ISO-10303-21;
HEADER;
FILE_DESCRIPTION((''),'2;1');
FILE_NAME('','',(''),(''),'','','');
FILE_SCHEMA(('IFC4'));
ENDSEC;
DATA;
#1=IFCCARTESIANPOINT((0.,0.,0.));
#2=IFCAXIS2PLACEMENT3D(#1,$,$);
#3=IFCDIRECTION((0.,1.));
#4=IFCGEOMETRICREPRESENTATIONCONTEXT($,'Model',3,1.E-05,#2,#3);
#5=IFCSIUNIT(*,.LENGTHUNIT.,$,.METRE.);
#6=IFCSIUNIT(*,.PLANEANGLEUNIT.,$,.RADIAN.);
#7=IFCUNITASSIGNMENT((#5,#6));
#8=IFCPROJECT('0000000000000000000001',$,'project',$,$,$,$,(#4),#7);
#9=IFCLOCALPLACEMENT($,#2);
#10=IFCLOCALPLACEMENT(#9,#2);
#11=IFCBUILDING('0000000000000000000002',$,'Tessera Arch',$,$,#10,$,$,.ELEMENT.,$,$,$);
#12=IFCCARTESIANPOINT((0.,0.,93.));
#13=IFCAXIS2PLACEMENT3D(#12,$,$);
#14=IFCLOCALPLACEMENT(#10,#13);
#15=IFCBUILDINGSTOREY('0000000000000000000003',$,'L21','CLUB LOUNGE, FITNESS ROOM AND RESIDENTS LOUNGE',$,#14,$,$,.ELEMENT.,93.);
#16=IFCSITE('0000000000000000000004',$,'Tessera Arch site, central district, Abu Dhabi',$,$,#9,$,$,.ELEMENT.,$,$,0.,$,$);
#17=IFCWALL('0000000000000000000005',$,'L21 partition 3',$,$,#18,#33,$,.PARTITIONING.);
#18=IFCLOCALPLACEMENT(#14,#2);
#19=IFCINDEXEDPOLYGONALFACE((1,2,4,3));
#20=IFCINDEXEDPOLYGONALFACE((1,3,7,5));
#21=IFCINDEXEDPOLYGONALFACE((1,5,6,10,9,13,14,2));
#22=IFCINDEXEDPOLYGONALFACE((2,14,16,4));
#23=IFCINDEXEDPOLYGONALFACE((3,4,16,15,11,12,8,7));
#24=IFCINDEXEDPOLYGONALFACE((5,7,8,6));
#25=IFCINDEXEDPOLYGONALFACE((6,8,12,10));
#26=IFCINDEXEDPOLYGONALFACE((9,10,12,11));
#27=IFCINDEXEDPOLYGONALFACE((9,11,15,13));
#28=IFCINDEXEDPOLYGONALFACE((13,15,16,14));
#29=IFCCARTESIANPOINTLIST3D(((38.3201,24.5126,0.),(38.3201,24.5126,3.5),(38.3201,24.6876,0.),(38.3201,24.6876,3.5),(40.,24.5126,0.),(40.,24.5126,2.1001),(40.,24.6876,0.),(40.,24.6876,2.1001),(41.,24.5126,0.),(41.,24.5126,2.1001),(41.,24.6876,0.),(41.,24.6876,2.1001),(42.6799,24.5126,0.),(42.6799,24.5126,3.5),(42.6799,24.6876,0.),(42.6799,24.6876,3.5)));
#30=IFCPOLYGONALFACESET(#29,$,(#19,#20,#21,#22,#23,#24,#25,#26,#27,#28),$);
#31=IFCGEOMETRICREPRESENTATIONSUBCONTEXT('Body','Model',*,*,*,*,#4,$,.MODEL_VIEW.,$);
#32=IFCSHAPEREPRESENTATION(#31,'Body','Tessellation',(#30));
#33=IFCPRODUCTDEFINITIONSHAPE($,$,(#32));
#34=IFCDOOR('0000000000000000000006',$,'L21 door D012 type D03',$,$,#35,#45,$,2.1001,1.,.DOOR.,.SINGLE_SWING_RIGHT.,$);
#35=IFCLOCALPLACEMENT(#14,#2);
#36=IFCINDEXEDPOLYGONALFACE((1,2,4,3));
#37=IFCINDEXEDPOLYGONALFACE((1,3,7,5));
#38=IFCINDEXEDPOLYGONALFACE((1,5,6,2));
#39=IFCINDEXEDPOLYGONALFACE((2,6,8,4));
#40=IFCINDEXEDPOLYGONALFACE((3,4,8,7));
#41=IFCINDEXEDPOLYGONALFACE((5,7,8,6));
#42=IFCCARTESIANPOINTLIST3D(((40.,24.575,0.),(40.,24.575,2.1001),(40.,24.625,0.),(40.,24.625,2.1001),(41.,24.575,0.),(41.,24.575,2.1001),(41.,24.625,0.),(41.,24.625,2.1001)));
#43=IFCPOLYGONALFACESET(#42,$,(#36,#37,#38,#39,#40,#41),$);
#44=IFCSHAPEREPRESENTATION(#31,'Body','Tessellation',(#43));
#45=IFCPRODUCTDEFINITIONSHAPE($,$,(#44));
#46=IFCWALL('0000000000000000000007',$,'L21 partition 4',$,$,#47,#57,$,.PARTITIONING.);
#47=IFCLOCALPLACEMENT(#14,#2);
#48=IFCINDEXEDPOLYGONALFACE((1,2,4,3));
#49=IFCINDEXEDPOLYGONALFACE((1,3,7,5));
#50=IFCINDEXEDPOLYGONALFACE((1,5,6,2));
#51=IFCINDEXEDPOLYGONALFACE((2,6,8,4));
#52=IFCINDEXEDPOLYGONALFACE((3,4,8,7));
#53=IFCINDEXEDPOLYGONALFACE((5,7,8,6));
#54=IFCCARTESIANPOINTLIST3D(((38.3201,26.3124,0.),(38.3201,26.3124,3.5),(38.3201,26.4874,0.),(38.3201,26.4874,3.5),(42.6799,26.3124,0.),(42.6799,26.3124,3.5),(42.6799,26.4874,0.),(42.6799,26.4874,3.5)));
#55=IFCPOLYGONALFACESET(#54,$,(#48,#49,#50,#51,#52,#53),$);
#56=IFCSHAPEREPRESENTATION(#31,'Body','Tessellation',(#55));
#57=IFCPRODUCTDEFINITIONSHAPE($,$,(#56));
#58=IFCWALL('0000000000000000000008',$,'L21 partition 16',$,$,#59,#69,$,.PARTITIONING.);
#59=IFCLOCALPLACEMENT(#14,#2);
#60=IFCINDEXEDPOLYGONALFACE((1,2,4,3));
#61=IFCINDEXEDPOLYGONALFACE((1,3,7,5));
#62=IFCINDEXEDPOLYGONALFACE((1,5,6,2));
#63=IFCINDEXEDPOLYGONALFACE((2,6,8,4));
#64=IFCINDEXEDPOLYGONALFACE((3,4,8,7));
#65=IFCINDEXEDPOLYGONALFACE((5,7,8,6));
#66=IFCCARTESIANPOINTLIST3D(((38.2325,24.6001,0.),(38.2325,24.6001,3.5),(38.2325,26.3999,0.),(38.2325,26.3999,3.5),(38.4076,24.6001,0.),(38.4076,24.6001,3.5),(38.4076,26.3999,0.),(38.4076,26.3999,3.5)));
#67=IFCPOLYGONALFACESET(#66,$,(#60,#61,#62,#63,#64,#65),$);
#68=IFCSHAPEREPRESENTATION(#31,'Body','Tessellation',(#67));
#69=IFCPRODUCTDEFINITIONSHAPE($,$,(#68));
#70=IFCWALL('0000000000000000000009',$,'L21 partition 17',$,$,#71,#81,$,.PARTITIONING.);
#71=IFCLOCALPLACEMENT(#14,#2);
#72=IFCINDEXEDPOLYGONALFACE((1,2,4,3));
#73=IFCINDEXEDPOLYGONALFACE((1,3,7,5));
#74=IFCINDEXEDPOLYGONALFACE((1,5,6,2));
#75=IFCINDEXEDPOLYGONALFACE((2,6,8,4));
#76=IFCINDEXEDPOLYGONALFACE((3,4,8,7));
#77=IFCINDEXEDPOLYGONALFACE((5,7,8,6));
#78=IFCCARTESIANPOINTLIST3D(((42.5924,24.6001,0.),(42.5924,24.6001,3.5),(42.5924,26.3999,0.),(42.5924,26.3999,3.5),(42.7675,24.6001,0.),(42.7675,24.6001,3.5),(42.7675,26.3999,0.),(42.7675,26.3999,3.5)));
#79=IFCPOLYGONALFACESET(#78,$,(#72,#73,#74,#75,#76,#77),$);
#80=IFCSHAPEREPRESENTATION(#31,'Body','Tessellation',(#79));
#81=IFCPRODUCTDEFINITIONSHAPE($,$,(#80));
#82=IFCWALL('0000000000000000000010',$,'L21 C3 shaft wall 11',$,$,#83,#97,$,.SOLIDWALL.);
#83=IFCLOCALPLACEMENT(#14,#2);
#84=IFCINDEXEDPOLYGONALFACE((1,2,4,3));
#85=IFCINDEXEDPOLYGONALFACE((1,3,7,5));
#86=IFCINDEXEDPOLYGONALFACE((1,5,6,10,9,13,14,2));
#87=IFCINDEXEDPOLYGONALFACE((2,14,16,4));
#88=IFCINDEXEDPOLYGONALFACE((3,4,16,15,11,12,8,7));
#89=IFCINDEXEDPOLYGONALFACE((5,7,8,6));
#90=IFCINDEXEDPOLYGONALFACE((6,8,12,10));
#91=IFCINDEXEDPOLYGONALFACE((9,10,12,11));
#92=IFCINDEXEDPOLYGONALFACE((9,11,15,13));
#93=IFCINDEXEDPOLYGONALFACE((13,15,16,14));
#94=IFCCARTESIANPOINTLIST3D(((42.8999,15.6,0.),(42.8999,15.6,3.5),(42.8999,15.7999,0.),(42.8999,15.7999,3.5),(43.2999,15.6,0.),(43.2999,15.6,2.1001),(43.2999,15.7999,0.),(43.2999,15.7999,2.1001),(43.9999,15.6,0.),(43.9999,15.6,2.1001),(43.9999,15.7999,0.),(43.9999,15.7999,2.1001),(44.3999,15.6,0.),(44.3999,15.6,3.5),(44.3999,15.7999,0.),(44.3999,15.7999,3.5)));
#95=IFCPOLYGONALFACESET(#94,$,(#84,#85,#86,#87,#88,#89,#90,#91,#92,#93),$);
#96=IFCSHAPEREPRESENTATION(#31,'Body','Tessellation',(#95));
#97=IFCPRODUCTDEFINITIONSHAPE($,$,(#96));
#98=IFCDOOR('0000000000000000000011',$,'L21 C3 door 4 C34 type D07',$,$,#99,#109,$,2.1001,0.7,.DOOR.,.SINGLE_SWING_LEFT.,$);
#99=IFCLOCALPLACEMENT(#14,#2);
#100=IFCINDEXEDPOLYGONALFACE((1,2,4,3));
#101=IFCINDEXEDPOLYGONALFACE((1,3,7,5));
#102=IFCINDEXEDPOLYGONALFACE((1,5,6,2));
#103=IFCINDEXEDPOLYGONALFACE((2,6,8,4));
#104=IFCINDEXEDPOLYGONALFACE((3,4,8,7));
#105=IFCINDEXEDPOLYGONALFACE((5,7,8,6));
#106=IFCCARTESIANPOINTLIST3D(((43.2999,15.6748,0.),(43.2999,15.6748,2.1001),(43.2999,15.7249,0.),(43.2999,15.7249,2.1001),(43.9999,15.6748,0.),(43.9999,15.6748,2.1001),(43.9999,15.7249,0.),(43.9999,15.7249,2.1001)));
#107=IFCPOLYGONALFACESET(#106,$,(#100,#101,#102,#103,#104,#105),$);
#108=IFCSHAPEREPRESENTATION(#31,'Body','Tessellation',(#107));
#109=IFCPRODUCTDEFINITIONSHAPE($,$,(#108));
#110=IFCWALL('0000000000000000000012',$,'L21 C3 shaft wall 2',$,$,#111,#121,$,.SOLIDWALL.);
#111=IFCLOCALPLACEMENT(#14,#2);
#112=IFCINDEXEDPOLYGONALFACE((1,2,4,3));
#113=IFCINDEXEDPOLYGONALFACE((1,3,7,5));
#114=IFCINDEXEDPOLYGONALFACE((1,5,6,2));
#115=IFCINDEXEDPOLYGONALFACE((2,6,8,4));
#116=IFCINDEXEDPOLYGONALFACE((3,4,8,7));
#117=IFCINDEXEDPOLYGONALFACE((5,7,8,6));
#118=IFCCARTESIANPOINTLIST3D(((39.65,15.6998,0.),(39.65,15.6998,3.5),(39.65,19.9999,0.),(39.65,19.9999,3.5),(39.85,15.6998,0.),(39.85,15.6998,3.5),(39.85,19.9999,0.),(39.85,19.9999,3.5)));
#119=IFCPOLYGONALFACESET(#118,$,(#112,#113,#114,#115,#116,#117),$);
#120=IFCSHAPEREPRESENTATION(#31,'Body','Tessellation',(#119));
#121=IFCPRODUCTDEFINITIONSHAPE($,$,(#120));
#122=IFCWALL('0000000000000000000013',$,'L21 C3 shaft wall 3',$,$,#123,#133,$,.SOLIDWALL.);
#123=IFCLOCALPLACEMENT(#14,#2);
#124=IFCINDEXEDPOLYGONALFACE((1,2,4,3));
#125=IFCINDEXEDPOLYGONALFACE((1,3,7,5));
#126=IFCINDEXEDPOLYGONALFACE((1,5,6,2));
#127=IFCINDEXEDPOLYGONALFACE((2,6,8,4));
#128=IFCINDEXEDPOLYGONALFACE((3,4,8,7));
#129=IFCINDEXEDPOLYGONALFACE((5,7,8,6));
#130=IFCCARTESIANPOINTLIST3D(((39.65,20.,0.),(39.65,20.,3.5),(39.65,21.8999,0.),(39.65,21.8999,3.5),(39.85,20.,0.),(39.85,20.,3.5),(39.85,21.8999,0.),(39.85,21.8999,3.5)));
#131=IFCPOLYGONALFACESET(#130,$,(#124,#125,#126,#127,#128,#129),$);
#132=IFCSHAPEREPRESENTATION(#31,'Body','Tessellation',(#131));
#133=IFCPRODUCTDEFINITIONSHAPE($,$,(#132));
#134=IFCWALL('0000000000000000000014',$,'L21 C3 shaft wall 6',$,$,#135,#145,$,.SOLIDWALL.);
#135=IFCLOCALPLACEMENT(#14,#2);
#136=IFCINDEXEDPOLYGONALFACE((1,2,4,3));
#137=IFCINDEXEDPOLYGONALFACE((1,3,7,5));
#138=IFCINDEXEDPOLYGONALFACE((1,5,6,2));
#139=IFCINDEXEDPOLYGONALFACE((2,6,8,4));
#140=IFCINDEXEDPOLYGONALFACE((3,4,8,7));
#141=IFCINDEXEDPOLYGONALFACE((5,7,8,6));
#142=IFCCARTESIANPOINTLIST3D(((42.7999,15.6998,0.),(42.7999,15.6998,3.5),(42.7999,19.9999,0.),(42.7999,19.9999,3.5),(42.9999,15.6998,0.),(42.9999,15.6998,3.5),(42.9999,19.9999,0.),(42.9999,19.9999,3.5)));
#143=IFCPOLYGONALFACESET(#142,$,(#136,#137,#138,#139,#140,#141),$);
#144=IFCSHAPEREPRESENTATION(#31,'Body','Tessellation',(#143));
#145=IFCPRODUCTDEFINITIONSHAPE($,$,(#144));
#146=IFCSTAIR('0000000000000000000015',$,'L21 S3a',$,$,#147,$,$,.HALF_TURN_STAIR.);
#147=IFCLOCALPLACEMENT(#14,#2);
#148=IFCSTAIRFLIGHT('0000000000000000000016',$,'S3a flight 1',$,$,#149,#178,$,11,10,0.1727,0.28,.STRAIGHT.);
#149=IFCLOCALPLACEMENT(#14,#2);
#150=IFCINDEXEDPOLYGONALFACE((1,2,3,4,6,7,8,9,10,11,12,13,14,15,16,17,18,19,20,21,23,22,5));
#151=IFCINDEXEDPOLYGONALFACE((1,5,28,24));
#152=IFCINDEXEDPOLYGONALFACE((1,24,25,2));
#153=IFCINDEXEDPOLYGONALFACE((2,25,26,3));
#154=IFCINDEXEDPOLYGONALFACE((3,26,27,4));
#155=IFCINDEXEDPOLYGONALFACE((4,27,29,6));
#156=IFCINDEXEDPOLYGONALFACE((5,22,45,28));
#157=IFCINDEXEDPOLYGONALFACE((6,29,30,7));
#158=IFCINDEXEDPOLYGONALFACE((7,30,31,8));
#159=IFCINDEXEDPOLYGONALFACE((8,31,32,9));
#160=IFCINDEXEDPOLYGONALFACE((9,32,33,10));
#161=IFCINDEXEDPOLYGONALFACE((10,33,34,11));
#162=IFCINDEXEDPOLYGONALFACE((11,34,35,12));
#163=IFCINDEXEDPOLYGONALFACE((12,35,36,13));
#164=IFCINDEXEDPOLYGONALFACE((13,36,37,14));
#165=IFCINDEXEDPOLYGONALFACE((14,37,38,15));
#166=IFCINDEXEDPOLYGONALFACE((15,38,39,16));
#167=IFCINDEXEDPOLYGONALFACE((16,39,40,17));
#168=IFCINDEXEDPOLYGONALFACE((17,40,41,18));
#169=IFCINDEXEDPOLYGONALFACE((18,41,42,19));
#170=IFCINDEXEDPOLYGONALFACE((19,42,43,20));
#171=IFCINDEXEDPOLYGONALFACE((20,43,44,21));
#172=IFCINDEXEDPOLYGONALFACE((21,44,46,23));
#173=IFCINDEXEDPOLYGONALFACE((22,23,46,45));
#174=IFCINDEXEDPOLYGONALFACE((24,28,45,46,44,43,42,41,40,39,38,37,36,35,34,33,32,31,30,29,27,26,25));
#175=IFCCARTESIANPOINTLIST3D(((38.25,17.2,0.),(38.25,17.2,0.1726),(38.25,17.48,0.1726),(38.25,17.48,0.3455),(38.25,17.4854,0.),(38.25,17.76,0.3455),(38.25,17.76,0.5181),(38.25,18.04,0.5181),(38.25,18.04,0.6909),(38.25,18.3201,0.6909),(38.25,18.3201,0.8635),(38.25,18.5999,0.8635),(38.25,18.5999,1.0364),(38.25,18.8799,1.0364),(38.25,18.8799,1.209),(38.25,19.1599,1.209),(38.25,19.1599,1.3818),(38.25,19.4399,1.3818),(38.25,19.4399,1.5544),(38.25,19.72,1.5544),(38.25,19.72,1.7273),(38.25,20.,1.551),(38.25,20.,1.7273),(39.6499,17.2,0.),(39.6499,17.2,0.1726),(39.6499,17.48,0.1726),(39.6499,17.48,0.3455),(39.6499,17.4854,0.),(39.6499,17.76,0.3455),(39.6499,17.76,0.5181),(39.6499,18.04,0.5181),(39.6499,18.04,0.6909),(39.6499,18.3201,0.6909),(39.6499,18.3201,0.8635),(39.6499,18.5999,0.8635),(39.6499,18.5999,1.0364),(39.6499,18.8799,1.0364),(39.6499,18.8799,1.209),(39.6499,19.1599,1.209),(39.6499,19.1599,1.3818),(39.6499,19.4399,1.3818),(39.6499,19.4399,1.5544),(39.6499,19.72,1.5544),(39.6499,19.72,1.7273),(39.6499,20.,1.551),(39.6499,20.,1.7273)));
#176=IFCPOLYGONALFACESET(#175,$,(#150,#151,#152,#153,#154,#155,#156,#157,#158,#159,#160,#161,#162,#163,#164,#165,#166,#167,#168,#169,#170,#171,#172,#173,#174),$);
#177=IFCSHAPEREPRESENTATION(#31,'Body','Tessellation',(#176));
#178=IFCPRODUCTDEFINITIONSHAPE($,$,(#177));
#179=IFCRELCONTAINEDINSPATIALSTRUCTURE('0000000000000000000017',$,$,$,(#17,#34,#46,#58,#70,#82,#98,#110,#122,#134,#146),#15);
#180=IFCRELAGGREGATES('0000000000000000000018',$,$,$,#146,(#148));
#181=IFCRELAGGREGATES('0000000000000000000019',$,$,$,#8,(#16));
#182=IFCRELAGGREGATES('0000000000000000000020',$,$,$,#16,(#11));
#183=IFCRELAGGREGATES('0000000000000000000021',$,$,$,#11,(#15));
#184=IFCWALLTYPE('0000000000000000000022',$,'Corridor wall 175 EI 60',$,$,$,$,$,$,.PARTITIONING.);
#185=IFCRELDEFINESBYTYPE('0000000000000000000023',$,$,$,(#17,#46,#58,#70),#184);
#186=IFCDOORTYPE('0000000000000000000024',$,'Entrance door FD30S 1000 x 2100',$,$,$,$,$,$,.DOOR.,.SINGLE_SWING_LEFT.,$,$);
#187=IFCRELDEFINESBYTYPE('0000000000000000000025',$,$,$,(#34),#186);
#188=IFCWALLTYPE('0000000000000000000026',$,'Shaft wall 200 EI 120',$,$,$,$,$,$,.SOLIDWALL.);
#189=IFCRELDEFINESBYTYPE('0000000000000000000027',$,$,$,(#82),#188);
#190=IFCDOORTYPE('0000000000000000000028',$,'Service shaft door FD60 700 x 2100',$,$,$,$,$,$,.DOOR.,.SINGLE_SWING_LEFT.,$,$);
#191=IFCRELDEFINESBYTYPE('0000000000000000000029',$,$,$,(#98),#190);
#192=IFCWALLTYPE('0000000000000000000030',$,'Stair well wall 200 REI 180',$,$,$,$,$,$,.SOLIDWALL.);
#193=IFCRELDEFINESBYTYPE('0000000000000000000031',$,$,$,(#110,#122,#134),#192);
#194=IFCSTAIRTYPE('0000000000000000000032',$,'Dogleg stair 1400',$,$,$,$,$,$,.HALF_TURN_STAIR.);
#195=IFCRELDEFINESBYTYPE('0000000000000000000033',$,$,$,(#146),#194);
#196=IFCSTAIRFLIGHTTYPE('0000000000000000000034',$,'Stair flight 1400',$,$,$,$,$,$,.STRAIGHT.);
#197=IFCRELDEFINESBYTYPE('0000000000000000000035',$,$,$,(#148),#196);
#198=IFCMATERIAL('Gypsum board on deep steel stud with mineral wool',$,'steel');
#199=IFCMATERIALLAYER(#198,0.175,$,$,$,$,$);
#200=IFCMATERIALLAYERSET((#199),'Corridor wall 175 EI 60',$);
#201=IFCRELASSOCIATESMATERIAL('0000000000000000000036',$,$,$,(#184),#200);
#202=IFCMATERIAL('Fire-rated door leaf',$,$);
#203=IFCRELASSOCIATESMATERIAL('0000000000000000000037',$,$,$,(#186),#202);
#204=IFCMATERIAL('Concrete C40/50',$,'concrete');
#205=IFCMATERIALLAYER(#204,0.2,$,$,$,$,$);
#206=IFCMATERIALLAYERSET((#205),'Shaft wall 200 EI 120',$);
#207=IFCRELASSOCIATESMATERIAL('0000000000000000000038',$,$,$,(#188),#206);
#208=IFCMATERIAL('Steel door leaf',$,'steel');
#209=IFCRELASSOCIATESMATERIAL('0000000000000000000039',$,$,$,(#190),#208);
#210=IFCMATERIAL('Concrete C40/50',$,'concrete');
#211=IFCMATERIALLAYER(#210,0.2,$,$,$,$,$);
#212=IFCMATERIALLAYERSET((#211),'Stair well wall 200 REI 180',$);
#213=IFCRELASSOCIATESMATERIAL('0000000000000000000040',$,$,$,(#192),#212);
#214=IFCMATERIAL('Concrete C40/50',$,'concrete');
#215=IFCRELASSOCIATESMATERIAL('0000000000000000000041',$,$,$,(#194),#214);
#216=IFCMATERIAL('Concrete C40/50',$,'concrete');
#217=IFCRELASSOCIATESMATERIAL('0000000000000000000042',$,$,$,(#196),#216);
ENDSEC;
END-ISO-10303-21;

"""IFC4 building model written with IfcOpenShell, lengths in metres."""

from ifc_helpers import new_model, si_unit, direction, frame, frame_2d, origin, place, context, subcontext, project, spatial, polyline, rectangle, outline, extrude, material, layer, layer_set, type_object, element, fill, aggregate, save


model = new_model("IFC4")

# Units and contexts
model_context = context("Model", 3, precision=1e-05, world=origin(), true_north=direction((0.0, 1.0)))
body_context = subcontext(model_context, "Body", "Model", "MODEL_VIEW")
ifc_project = project(units=[si_unit("LENGTHUNIT", "METRE"), si_unit("PLANEANGLEUNIT", "RADIAN")], contexts=[model_context])

# Site, building, storey
site_placement = place(None, origin())
site = spatial("IfcSite", under=ifc_project, at=site_placement, Name="Tessera Arch site, central district, Abu Dhabi", CompositionType="ELEMENT", RefElevation=0.0)
building_placement = place(site_placement, origin())
building = spatial("IfcBuilding", under=site, at=building_placement, Name="Tessera Arch", CompositionType="ELEMENT")
storey_placement = place(building_placement, frame((0.0, 0.0, 93.0)))
storey = spatial("IfcBuildingStorey", under=building, at=storey_placement, Name="L21", Description="CLUB LOUNGE, FITNESS ROOM AND RESIDENTS LOUNGE", CompositionType="ELEMENT", Elevation=93.0)

# Wall, opening, door
ifc_material_1 = material(Name="Gypsum board on deep steel stud with mineral wool", Category="steel")
ifc_layer_1 = layer(ifc_material_1, 0.175)
ifc_layer_set_1 = layer_set([ifc_layer_1], Name="Corridor wall 175 EI 60")
wall_type_1 = type_object("IfcWallType", Name="Corridor wall 175 EI 60", PredefinedType="PARTITIONING", material=ifc_layer_set_1)
wall_1_placement = place(storey_placement, frame((38.3201, 24.6001, 0.0), z_axis=(0.0, 0.0, 1.0), x_axis=(1.0, 0.0, 0.0)))
wall_1 = element("IfcWall", 1, at=wall_1_placement, inside=storey, type_object=wall_type_1, Name="L21 partition 3", PredefinedType="PARTITIONING", context=body_context, shape_type="SweptSolid", body=[
    extrude(rectangle(XDim=4.3599, YDim=0.175, at=frame_2d((2.1799, 0.0))), origin(), (0.0, 0.0, 1.0), 3.5),
])
opening_1_placement = place(wall_1_placement, frame((1.6799, 0.0, 0.0)))
opening_1 = element("IfcOpeningElement", 2, at=opening_1_placement, cuts=wall_1, PredefinedType="OPENING", context=body_context, shape_type="SweptSolid", body=[
    extrude(rectangle(XDim=1.0, YDim=2.1001, at=frame_2d((0.5, 1.05))), frame((0.0, 0.0974, 0.0), z_axis=(0.0, -1.0, 0.0), x_axis=(1.0, 0.0, 0.0)), (0.0, 0.0, 1.0), 0.1951),
])
ifc_material_2 = material(Name="Fire-rated door leaf")
door_type_1 = type_object("IfcDoorType", Name="Entrance door FD30S 1000 x 2100", OperationType="SINGLE_SWING_LEFT", PredefinedType="DOOR", material=ifc_material_2)
door_1_placement = place(opening_1_placement, origin())
door_1 = element("IfcDoor", 3, at=door_1_placement, inside=storey, type_object=door_type_1, Name="L21 door D012 type D03", OperationType="SINGLE_SWING_RIGHT", OverallHeight=2.1001, OverallWidth=1.0, PredefinedType="DOOR", context=body_context, shape_type="SweptSolid", body=[
    extrude(rectangle(XDim=1.0, YDim=2.1001, at=frame_2d((0.5, 1.05))), frame((0.0, 0.0249, 0.0), z_axis=(0.0, -1.0, 0.0), x_axis=(1.0, 0.0, 0.0)), (0.0, 0.0, 1.0), 0.05),
])
fill(opening_1, door_1)

# Walls
wall_2_placement = place(storey_placement, frame((38.3201, 26.3999, 0.0), z_axis=(0.0, 0.0, 1.0), x_axis=(1.0, 0.0, 0.0)))
element("IfcWall", 4, at=wall_2_placement, inside=storey, type_object=wall_type_1, Name="L21 partition 4", PredefinedType="PARTITIONING", context=body_context, shape_type="SweptSolid", body=[
    extrude(rectangle(XDim=4.3599, YDim=0.175, at=frame_2d((2.1799, 0.0))), origin(), (0.0, 0.0, 1.0), 3.5),
])
for number, where, z_axis, x_axis, name in (
    (5, (38.3201, 24.6001, 0.0), (0.0, 0.0, 1.0), (0.0, 1.0, 0.0), "L21 partition 16"),
    (6, (42.6799, 24.6001, 0.0), (0.0, 0.0, 1.0), (0.0, 1.0, 0.0), "L21 partition 17"),
):
    element("IfcWall", number, at=place(storey_placement, frame(where, z_axis=z_axis, x_axis=x_axis)), inside=storey, type_object=wall_type_1, Name=name, PredefinedType="PARTITIONING", context=body_context, shape_type="SweptSolid", body=[
        extrude(rectangle(XDim=1.7998, YDim=0.175, at=frame_2d((0.8999, 0.0))), origin(), (0.0, 0.0, 1.0), 3.5),
    ])

# Wall, opening, door
ifc_material_3 = material(Name="Concrete C40/50", Category="concrete")
ifc_layer_2 = layer(ifc_material_3, 0.2)
ifc_layer_set_2 = layer_set([ifc_layer_2], Name="Shaft wall 200 EI 120")
wall_type_2 = type_object("IfcWallType", Name="Shaft wall 200 EI 120", PredefinedType="SOLIDWALL", material=ifc_layer_set_2)
wall_3_placement = place(storey_placement, frame((42.8999, 15.7, 0.0), z_axis=(0.0, 0.0, 1.0), x_axis=(1.0, 0.0, 0.0)))
wall_3 = element("IfcWall", 7, at=wall_3_placement, inside=storey, type_object=wall_type_2, Name="L21 C3 shaft wall 11", PredefinedType="SOLIDWALL", context=body_context, shape_type="SweptSolid", body=[
    extrude(rectangle(XDim=1.5, YDim=0.2, at=frame_2d((0.75, 0.0))), origin(), (0.0, 0.0, 1.0), 3.5),
])
opening_2_placement = place(wall_3_placement, frame((0.3999, 0.0, 0.0)))
opening_2 = element("IfcOpeningElement", 8, at=opening_2_placement, cuts=wall_3, PredefinedType="OPENING", context=body_context, shape_type="SweptSolid", body=[
    extrude(rectangle(XDim=0.7, YDim=2.1001, at=frame_2d((0.3501, 1.05))), frame((0.0, 0.1099, 0.0), z_axis=(0.0, -1.0, 0.0), x_axis=(1.0, 0.0, 0.0)), (0.0, 0.0, 1.0), 0.22),
])
ifc_material_4 = material(Name="Steel door leaf", Category="steel")
door_type_2 = type_object("IfcDoorType", Name="Service shaft door FD60 700 x 2100", OperationType="SINGLE_SWING_LEFT", PredefinedType="DOOR", material=ifc_material_4)
door_2_placement = place(opening_2_placement, origin())
door_2 = element("IfcDoor", 9, at=door_2_placement, inside=storey, type_object=door_type_2, Name="L21 C3 door 4 C34 type D07", OperationType="SINGLE_SWING_LEFT", OverallHeight=2.1001, OverallWidth=0.7, PredefinedType="DOOR", context=body_context, shape_type="SweptSolid", body=[
    extrude(rectangle(XDim=0.7, YDim=2.1001, at=frame_2d((0.3501, 1.05))), frame((0.0, 0.0249, 0.0), z_axis=(0.0, -1.0, 0.0), x_axis=(1.0, 0.0, 0.0)), (0.0, 0.0, 1.0), 0.05),
])
fill(opening_2, door_2)

# Walls
ifc_material_5 = material(Name="Concrete C40/50", Category="concrete")
ifc_layer_3 = layer(ifc_material_5, 0.2)
ifc_layer_set_3 = layer_set([ifc_layer_3], Name="Stair well wall 200 REI 180")
wall_type_3 = type_object("IfcWallType", Name="Stair well wall 200 REI 180", PredefinedType="SOLIDWALL", material=ifc_layer_set_3)
wall_4_placement = place(storey_placement, frame((39.75, 15.7, 0.0), z_axis=(0.0, 0.0, 1.0), x_axis=(0.0, 1.0, 0.0)))
element("IfcWall", 10, at=wall_4_placement, inside=storey, type_object=wall_type_3, Name="L21 C3 shaft wall 2", PredefinedType="SOLIDWALL", context=body_context, shape_type="SweptSolid", body=[
    extrude(rectangle(XDim=4.3, YDim=0.2, at=frame_2d((2.1499, 0.0))), origin(), (0.0, 0.0, 1.0), 3.5),
])
wall_5_placement = place(storey_placement, frame((39.75, 20.0, 0.0), z_axis=(0.0, 0.0, 1.0), x_axis=(0.0, 1.0, 0.0)))
element("IfcWall", 11, at=wall_5_placement, inside=storey, type_object=wall_type_3, Name="L21 C3 shaft wall 3", PredefinedType="SOLIDWALL", context=body_context, shape_type="SweptSolid", body=[
    extrude(rectangle(XDim=1.8999, YDim=0.2, at=frame_2d((0.95, 0.0))), origin(), (0.0, 0.0, 1.0), 3.5),
])
wall_6_placement = place(storey_placement, frame((42.8999, 15.7, 0.0), z_axis=(0.0, 0.0, 1.0), x_axis=(0.0, 1.0, 0.0)))
element("IfcWall", 12, at=wall_6_placement, inside=storey, type_object=wall_type_3, Name="L21 C3 shaft wall 6", PredefinedType="SOLIDWALL", context=body_context, shape_type="SweptSolid", body=[
    extrude(rectangle(XDim=4.3, YDim=0.2, at=frame_2d((2.1499, 0.0))), origin(), (0.0, 0.0, 1.0), 3.5),
])

# Stair, stair flight
ifc_material_6 = material(Name="Concrete C40/50", Category="concrete")
stair_type = type_object("IfcStairType", Name="Dogleg stair 1400", PredefinedType="HALF_TURN_STAIR", material=ifc_material_6)
stair_1_placement = place(storey_placement, origin())
stair_1 = element("IfcStair", 13, at=stair_1_placement, inside=storey, type_object=stair_type, Name="L21 S3a", PredefinedType="HALF_TURN_STAIR")
ifc_material_7 = material(Name="Concrete C40/50", Category="concrete")
stair_flight_type = type_object("IfcStairFlightType", Name="Stair flight 1400", PredefinedType="STRAIGHT", material=ifc_material_7)
stair_flight_1_placement = place(storey_placement, frame((38.95, 17.2, 0.0), z_axis=(0.0, 0.0, 1.0), x_axis=(0.0, 1.0, 0.0)))
stair_flight_1 = element("IfcStairFlight", 14, at=stair_flight_1_placement, type_object=stair_flight_type, Name="S3a flight 1", NumberOfRisers=11, NumberOfTreads=10, PredefinedType="STRAIGHT", RiserHeight=0.1727, TreadLength=0.28, context=body_context, shape_type="SweptSolid", body=[
    extrude(outline(polyline([(0.0, 0.0), (0.0, 0.1726), (0.28, 0.1726), (0.28, 0.3455), (0.5601, 0.3455), (0.5601, 0.5181), (0.8401, 0.5181), (0.8401, 0.6909), (1.1201, 0.6909), (1.1201, 0.8635), (1.3999, 0.8635), (1.3999, 1.0364), (1.6799, 1.0364), (1.6799, 1.209), (1.96, 1.209), (1.96, 1.3818), (2.24, 1.3818), (2.24, 1.5544), (2.52, 1.5544), (2.52, 1.7273), (2.8, 1.7273), (2.8, 1.8999), (2.8, 1.551), (0.2854, 0.0), (0.0, 0.0)])), frame((0.0, 0.7, 0.0), z_axis=(0.0, -1.0, 0.0), x_axis=(1.0, 0.0, 0.0)), (0.0, 0.0, 1.0), 1.3999),
])
aggregate(stair_1, [stair_flight_1])

save(model, "model.ifc")
